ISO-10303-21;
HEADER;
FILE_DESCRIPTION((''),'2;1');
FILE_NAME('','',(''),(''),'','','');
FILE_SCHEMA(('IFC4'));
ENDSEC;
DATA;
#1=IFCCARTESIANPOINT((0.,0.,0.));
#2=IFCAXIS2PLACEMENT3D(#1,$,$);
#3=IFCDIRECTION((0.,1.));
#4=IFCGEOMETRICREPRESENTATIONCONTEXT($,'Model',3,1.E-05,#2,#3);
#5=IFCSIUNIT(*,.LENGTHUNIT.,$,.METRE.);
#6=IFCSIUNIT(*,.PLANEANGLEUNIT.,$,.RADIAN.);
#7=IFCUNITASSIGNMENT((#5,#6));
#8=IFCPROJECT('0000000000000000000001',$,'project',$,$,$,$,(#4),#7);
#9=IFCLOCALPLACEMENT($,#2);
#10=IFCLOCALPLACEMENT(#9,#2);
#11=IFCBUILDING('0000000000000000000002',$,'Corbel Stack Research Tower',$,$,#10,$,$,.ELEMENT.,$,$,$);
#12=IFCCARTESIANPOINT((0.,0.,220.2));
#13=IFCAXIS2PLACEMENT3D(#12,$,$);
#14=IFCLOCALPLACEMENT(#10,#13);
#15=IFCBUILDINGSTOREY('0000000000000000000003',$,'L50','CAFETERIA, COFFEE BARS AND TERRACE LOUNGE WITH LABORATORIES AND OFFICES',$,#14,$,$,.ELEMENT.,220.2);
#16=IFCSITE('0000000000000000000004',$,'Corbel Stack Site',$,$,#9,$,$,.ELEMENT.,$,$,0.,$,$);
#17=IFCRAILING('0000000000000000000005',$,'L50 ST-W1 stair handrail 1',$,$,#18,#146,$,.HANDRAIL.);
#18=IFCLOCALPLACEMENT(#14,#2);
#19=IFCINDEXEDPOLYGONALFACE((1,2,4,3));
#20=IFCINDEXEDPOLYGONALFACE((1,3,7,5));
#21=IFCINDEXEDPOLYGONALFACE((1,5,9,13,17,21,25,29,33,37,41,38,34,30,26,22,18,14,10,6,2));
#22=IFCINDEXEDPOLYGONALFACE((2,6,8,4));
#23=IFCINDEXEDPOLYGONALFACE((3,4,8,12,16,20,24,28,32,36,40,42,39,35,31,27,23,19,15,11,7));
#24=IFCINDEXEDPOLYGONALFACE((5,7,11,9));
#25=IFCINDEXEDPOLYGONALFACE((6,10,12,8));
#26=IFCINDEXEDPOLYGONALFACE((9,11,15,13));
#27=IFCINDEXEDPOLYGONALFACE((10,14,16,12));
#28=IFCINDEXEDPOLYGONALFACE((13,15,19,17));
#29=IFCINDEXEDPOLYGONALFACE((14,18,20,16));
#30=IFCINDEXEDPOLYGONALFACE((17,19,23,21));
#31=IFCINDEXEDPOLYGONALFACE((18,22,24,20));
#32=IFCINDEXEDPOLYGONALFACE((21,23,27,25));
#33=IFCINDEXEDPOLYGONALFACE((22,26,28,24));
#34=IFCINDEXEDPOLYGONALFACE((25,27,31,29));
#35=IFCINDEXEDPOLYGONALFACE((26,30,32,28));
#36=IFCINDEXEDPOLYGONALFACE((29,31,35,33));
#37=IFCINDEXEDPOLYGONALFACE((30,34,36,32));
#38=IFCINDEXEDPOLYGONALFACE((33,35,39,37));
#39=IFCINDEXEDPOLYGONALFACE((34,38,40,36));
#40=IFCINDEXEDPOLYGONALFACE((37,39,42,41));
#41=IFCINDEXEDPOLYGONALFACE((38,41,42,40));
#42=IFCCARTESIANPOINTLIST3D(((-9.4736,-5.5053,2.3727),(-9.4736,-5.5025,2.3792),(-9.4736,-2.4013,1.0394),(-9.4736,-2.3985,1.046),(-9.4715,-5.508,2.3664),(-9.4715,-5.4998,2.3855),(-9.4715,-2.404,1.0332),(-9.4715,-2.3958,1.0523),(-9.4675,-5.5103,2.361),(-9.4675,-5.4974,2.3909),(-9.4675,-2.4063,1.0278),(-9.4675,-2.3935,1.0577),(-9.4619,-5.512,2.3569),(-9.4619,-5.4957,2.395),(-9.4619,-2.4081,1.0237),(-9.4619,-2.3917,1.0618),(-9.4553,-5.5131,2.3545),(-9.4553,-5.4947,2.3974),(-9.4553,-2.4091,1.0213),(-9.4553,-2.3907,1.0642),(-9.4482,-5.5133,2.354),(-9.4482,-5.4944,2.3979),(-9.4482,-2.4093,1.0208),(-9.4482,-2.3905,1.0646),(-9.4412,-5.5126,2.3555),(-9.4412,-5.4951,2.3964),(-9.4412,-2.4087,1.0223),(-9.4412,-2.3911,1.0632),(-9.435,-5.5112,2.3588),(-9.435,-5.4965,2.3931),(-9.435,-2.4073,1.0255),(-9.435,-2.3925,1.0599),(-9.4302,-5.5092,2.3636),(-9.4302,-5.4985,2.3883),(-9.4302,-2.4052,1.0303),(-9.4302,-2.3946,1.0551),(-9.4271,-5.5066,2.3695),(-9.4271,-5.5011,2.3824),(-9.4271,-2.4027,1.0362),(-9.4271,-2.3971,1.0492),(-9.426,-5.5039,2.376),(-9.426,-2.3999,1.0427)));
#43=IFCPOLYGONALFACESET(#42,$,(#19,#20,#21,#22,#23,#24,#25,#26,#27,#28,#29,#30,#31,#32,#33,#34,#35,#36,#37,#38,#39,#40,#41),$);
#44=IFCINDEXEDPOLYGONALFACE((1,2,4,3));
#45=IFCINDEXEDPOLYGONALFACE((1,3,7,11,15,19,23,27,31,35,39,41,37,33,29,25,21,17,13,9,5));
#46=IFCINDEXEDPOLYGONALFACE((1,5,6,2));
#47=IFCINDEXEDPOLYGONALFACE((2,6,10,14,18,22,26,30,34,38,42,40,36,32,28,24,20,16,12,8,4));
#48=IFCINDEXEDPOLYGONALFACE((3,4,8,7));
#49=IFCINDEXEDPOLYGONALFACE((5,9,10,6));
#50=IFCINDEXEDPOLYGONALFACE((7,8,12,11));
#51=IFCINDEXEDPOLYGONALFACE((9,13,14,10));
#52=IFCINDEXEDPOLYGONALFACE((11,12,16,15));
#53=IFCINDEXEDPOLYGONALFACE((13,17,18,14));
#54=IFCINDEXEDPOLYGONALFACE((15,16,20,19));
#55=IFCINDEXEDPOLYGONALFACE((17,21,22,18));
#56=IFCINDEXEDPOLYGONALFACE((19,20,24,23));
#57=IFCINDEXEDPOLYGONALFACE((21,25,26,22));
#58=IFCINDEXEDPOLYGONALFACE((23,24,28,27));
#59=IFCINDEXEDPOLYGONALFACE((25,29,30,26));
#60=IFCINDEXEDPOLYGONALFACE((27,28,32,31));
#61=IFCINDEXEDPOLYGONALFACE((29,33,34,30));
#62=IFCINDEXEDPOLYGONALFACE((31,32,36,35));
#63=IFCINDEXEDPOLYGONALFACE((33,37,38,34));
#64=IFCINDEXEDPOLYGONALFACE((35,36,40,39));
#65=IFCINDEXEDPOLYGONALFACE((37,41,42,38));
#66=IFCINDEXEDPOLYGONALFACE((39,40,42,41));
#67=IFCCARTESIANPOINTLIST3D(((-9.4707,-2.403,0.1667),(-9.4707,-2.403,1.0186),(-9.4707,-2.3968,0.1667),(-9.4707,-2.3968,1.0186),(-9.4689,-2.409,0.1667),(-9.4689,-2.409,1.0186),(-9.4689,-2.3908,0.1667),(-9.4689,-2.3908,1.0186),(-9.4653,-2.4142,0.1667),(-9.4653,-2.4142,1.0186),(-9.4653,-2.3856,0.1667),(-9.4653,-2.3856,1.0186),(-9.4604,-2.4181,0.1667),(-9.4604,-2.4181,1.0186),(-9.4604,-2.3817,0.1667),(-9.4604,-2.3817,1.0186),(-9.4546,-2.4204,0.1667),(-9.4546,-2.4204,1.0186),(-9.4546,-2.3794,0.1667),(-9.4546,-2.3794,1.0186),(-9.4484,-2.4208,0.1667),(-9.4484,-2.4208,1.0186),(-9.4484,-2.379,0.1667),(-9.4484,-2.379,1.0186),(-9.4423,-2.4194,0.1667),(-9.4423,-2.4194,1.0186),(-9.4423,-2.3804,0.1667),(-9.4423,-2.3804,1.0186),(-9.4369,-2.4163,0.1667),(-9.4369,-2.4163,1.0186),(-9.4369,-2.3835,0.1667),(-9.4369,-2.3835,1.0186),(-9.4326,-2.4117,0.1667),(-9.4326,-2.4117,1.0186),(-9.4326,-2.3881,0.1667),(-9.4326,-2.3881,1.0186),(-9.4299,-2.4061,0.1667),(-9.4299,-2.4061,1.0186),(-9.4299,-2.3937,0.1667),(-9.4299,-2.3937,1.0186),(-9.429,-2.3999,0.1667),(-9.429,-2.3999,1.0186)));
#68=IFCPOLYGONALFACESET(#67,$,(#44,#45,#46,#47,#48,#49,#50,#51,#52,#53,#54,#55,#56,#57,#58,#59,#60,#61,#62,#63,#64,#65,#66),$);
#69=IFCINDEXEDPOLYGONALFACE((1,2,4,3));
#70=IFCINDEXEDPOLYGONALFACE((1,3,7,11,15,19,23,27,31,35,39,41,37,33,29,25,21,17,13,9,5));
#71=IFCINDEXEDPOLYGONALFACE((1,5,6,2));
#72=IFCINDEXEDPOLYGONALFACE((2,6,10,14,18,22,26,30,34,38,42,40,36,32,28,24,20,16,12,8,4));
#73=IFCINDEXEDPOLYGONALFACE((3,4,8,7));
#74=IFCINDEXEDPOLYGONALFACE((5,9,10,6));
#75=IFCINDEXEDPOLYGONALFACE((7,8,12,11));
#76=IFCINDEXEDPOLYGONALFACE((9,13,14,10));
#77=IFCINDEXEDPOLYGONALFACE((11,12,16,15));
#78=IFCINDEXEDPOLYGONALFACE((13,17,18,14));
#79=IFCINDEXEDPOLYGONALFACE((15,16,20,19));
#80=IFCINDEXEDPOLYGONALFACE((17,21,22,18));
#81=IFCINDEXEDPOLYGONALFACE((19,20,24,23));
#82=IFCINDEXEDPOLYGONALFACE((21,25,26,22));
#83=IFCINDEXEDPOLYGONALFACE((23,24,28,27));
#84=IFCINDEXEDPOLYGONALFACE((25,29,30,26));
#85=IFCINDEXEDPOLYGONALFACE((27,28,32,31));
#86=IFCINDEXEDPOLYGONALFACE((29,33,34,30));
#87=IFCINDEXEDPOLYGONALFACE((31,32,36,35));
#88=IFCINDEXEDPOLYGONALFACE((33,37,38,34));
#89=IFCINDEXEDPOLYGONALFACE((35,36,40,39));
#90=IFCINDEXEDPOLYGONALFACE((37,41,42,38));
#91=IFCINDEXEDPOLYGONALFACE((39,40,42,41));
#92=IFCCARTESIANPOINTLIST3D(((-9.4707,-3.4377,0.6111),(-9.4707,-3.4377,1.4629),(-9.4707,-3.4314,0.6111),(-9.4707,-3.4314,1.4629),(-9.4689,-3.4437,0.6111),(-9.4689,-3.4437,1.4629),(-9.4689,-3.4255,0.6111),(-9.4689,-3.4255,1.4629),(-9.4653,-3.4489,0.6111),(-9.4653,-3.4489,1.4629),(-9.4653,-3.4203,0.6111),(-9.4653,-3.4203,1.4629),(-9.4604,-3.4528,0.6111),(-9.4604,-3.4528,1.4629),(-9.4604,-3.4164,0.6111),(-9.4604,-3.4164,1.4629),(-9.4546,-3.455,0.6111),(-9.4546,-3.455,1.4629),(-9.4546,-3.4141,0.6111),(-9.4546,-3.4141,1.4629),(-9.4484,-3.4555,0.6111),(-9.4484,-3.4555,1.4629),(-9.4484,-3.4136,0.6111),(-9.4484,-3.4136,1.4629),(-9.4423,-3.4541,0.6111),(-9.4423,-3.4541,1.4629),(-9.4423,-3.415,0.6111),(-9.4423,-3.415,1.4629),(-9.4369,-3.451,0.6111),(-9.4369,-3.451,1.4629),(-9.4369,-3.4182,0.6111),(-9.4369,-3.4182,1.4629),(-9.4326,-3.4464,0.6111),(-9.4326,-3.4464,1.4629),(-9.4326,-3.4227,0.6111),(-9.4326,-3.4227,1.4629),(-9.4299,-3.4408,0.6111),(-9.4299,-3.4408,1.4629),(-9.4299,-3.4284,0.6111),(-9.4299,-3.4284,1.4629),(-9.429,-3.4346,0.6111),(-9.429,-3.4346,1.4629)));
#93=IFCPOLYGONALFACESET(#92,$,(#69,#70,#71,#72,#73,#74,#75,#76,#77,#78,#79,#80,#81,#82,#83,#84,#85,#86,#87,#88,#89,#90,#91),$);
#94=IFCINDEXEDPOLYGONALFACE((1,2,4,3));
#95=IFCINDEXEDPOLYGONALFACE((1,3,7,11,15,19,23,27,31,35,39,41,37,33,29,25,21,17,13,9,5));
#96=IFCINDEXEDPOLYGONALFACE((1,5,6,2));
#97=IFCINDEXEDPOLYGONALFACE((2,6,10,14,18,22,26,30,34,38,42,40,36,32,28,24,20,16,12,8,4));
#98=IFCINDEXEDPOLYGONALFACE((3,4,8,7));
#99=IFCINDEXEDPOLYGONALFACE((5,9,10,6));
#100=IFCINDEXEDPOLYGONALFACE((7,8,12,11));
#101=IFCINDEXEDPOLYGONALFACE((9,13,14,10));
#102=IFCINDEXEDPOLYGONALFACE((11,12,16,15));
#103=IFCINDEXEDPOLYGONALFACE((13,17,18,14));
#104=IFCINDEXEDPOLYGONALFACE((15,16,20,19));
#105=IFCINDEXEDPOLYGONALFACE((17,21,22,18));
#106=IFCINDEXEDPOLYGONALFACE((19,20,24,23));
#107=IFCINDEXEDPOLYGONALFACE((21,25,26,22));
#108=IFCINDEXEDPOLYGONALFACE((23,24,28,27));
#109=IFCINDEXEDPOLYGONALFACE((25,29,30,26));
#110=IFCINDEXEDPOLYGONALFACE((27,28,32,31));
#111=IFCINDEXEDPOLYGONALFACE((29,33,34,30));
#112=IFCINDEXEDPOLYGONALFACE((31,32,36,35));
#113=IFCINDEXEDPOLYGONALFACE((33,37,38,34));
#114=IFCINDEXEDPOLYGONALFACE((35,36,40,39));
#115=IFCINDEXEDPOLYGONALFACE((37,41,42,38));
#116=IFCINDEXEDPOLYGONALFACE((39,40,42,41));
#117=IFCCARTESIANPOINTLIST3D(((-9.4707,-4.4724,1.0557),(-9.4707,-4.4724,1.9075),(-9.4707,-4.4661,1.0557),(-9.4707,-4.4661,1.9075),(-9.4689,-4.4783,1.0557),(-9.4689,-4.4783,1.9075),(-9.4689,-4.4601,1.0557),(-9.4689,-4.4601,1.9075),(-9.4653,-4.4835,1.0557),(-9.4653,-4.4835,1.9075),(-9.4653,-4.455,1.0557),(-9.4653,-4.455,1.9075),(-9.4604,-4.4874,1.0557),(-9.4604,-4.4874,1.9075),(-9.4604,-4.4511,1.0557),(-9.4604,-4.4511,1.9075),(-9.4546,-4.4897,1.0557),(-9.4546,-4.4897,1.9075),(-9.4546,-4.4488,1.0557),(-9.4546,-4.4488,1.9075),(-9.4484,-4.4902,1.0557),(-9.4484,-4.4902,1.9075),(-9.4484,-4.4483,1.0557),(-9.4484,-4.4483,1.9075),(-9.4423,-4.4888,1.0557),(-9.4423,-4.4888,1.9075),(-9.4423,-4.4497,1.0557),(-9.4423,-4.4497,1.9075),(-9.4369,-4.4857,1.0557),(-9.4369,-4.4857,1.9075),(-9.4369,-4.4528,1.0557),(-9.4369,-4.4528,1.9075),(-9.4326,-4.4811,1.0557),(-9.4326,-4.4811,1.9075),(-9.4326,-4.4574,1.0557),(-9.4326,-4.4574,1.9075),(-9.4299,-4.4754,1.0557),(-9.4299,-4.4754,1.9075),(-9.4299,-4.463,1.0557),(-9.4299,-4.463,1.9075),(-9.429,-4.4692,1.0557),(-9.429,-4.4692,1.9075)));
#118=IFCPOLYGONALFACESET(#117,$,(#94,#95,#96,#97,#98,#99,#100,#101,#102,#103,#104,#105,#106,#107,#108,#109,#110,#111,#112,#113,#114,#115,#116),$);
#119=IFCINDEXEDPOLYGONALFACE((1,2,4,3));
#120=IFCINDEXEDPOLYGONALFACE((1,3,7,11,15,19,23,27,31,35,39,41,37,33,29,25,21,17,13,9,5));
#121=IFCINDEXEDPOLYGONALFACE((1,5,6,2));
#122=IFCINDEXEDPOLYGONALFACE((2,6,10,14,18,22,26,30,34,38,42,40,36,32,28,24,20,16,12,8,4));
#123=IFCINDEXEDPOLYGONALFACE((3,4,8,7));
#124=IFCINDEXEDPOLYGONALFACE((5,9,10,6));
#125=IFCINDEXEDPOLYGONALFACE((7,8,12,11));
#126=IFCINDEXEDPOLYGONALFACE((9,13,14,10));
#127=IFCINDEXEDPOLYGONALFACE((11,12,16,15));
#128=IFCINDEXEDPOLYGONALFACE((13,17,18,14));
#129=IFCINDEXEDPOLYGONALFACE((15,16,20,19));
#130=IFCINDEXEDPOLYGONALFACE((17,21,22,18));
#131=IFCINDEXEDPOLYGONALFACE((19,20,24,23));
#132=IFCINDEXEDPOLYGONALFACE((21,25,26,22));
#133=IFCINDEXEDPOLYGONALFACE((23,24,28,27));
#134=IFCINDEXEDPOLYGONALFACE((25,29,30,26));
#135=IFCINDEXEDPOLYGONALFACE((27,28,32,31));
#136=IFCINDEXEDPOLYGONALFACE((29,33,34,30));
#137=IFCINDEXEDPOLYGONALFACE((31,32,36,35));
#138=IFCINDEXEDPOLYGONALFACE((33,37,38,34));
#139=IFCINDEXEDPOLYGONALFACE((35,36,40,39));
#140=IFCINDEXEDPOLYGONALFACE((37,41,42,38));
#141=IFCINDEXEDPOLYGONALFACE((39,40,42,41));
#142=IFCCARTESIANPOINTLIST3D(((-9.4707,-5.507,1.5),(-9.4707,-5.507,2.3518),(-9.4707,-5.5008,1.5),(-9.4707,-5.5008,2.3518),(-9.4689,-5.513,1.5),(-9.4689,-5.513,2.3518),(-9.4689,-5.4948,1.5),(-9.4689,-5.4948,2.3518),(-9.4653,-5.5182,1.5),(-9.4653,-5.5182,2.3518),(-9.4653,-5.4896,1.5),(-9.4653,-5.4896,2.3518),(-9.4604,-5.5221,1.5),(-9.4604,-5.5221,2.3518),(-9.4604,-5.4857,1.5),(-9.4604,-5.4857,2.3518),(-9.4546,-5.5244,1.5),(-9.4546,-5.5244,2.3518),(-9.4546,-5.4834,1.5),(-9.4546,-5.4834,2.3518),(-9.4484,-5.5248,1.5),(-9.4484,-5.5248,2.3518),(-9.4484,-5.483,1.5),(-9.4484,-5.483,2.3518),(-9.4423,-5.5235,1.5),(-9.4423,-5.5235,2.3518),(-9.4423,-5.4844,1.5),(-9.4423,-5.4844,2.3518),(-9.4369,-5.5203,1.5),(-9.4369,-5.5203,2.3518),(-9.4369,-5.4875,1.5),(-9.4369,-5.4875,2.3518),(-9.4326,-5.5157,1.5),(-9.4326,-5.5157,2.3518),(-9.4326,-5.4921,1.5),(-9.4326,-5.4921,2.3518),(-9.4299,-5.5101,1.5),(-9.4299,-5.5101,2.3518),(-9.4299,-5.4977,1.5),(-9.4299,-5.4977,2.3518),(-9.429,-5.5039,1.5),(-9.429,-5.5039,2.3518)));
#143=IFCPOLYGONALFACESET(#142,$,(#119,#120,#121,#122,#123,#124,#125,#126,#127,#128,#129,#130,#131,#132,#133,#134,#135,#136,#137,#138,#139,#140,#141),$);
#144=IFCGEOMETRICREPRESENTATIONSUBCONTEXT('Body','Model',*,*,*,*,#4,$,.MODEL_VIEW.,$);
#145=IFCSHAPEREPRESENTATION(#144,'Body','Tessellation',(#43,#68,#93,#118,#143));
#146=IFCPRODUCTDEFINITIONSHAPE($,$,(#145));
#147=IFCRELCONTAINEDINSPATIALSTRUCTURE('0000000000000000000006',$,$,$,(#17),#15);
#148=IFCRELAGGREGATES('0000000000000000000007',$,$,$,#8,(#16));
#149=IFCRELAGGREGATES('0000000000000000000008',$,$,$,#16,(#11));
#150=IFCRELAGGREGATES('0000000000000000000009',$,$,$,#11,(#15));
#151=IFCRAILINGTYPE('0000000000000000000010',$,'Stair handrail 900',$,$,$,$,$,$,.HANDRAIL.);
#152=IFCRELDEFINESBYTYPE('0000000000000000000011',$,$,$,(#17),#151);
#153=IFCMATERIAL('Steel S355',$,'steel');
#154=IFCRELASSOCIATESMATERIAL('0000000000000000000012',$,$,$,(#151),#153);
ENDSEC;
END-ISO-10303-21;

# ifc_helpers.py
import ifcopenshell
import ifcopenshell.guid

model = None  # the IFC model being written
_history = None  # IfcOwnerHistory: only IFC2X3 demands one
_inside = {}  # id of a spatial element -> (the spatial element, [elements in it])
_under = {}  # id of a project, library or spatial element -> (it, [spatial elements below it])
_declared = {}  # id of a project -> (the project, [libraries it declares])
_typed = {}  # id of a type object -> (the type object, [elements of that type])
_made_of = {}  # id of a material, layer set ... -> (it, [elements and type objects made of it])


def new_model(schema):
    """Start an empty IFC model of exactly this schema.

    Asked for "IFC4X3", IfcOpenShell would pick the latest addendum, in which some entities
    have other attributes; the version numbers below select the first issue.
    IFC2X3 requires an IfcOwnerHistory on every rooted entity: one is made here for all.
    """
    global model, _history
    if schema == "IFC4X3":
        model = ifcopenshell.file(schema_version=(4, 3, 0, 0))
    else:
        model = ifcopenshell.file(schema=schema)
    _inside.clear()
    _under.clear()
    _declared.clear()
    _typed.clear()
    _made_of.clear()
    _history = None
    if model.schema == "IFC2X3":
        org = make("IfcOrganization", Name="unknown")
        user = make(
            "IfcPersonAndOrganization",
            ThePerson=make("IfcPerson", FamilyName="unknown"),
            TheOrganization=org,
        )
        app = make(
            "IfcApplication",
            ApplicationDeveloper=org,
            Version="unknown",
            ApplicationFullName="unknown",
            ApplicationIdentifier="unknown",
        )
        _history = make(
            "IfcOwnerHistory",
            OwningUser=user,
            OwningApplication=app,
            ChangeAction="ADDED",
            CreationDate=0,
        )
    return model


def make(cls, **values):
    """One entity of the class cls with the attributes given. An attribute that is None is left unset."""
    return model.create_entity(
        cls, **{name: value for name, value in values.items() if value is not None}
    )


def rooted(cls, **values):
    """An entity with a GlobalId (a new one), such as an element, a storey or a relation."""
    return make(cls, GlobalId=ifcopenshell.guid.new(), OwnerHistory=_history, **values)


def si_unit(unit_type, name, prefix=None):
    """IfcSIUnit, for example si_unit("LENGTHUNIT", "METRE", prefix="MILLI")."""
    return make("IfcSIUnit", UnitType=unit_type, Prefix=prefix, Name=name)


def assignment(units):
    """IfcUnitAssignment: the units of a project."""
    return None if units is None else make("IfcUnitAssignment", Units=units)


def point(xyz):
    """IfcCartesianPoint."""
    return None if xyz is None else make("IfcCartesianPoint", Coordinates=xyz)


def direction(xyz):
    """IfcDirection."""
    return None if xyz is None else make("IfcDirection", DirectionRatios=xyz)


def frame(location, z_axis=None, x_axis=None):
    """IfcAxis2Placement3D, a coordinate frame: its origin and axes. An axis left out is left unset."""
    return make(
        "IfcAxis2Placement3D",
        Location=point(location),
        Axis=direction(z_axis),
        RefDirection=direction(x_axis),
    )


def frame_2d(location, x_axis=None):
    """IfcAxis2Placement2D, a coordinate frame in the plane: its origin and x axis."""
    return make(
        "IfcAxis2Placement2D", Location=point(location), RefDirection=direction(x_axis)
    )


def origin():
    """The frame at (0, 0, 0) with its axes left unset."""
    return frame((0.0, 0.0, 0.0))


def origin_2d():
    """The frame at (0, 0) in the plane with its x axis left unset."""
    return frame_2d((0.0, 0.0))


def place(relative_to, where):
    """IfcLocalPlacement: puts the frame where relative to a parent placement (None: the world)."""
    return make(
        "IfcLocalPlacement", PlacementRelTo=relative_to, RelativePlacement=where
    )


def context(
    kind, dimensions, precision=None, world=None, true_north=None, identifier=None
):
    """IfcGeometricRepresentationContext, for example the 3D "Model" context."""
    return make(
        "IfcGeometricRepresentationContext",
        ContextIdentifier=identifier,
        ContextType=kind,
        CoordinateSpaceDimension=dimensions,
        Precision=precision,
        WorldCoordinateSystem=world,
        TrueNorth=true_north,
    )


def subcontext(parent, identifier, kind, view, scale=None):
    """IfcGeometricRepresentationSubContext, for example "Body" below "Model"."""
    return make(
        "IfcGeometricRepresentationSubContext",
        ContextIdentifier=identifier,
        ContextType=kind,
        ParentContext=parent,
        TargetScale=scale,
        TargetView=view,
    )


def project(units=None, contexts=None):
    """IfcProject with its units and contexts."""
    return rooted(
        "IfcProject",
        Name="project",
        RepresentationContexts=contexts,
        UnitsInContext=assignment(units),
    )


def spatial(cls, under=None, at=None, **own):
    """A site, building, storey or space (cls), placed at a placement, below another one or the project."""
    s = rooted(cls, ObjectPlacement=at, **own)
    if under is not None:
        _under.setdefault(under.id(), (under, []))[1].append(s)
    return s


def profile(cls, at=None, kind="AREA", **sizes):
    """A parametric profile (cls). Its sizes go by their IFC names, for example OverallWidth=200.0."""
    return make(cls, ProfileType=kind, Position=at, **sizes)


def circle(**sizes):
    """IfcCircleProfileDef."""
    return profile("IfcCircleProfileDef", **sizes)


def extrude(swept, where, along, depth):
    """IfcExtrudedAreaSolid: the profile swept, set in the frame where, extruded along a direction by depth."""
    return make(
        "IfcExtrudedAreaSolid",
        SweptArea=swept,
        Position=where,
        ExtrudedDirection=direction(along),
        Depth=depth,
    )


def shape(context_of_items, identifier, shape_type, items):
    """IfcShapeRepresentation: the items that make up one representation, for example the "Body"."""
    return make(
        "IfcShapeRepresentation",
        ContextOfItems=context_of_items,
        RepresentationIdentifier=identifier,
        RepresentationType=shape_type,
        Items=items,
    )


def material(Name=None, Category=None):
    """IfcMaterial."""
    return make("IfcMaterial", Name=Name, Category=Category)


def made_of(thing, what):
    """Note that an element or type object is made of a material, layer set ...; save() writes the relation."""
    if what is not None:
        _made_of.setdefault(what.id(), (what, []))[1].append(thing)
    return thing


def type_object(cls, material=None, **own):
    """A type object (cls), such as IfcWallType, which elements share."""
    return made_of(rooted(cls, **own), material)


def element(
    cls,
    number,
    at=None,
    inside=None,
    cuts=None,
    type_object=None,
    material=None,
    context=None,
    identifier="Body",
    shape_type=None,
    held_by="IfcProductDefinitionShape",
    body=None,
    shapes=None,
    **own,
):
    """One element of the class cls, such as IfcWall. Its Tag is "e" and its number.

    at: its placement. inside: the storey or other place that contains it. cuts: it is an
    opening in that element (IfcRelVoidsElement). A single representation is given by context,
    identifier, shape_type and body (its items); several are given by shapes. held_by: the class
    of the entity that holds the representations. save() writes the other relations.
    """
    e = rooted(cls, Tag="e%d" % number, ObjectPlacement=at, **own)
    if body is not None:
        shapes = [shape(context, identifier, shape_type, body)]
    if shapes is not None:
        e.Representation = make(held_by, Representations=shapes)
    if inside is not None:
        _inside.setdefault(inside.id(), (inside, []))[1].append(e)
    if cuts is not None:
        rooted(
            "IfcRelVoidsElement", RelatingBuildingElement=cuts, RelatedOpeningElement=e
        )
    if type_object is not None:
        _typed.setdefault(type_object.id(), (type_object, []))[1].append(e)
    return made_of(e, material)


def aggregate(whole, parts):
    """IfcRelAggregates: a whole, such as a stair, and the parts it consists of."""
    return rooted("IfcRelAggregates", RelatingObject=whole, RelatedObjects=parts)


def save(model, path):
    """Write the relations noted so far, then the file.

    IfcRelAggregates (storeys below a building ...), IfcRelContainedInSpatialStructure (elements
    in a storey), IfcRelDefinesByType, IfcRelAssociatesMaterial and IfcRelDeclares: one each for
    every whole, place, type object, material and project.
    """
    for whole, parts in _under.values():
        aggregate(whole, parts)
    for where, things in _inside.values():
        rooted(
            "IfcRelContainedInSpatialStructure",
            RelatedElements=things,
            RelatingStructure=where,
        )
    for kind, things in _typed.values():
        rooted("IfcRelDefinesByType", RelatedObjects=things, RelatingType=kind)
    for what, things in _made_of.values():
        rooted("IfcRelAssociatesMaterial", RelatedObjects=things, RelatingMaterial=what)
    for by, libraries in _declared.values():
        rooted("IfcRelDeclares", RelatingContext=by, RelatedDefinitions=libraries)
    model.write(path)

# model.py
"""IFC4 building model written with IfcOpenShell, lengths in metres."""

from ifc_helpers import new_model, si_unit, direction, frame, origin, origin_2d, place, context, subcontext, project, spatial, circle, extrude, material, type_object, element, save


model = new_model("IFC4")

# Units and contexts
model_context = context("Model", 3, precision=1e-05, world=origin(), true_north=direction((0.0, 1.0)))
body_context = subcontext(model_context, "Body", "Model", "MODEL_VIEW")
ifc_project = project(units=[si_unit("LENGTHUNIT", "METRE"), si_unit("PLANEANGLEUNIT", "RADIAN")], contexts=[model_context])

# Site, building, storey
site_placement = place(None, origin())
site = spatial("IfcSite", under=ifc_project, at=site_placement, Name="Corbel Stack Site", CompositionType="ELEMENT", RefElevation=0.0)
building_placement = place(site_placement, origin())
building = spatial("IfcBuilding", under=site, at=building_placement, Name="Corbel Stack Research Tower", CompositionType="ELEMENT")
storey_placement = place(building_placement, frame((0.0, 0.0, 220.2)))
storey = spatial("IfcBuildingStorey", under=building, at=storey_placement, Name="L50", Description="CAFETERIA, COFFEE BARS AND TERRACE LOUNGE WITH LABORATORIES AND OFFICES", CompositionType="ELEMENT", Elevation=220.2)

# Railing
ifc_material_1 = material(Name="Steel S355", Category="steel")
railing_type_1 = type_object("IfcRailingType", Name="Stair handrail 900", PredefinedType="HANDRAIL", material=ifc_material_1)
for number, where, name in (
    (1, (-9.45, -2.3999, 0.1667), "L50 ST-W1 stair handrail 1"),
):
    element("IfcRailing", number, at=place(storey_placement, frame(where)), inside=storey, type_object=railing_type_1, Name=name, PredefinedType="HANDRAIL", context=body_context, shape_type="SweptSolid", body=[
        extrude(circle(Radius=0.0239, at=origin_2d()), frame((0.0, 0.0, 0.876), z_axis=(0.0, -0.918827, 0.394661), x_axis=(1.0, 0.0, 0.0)), (0.0, 0.0, 1.0), 3.3782),
        extrude(circle(Radius=0.021, at=origin_2d()), origin(), (0.0, 0.0, 1.0), 0.8518),
        extrude(circle(Radius=0.021, at=origin_2d()), frame((0.0, -1.0347, 0.4443)), (0.0, 0.0, 1.0), 0.8518),
        extrude(circle(Radius=0.021, at=origin_2d()), frame((0.0, -2.0693, 0.8889)), (0.0, 0.0, 1.0), 0.8518),
        extrude(circle(Radius=0.021, at=origin_2d()), frame((0.0, -3.104, 1.3333)), (0.0, 0.0, 1.0), 0.8518),
    ])

save(model, "model.ifc")
